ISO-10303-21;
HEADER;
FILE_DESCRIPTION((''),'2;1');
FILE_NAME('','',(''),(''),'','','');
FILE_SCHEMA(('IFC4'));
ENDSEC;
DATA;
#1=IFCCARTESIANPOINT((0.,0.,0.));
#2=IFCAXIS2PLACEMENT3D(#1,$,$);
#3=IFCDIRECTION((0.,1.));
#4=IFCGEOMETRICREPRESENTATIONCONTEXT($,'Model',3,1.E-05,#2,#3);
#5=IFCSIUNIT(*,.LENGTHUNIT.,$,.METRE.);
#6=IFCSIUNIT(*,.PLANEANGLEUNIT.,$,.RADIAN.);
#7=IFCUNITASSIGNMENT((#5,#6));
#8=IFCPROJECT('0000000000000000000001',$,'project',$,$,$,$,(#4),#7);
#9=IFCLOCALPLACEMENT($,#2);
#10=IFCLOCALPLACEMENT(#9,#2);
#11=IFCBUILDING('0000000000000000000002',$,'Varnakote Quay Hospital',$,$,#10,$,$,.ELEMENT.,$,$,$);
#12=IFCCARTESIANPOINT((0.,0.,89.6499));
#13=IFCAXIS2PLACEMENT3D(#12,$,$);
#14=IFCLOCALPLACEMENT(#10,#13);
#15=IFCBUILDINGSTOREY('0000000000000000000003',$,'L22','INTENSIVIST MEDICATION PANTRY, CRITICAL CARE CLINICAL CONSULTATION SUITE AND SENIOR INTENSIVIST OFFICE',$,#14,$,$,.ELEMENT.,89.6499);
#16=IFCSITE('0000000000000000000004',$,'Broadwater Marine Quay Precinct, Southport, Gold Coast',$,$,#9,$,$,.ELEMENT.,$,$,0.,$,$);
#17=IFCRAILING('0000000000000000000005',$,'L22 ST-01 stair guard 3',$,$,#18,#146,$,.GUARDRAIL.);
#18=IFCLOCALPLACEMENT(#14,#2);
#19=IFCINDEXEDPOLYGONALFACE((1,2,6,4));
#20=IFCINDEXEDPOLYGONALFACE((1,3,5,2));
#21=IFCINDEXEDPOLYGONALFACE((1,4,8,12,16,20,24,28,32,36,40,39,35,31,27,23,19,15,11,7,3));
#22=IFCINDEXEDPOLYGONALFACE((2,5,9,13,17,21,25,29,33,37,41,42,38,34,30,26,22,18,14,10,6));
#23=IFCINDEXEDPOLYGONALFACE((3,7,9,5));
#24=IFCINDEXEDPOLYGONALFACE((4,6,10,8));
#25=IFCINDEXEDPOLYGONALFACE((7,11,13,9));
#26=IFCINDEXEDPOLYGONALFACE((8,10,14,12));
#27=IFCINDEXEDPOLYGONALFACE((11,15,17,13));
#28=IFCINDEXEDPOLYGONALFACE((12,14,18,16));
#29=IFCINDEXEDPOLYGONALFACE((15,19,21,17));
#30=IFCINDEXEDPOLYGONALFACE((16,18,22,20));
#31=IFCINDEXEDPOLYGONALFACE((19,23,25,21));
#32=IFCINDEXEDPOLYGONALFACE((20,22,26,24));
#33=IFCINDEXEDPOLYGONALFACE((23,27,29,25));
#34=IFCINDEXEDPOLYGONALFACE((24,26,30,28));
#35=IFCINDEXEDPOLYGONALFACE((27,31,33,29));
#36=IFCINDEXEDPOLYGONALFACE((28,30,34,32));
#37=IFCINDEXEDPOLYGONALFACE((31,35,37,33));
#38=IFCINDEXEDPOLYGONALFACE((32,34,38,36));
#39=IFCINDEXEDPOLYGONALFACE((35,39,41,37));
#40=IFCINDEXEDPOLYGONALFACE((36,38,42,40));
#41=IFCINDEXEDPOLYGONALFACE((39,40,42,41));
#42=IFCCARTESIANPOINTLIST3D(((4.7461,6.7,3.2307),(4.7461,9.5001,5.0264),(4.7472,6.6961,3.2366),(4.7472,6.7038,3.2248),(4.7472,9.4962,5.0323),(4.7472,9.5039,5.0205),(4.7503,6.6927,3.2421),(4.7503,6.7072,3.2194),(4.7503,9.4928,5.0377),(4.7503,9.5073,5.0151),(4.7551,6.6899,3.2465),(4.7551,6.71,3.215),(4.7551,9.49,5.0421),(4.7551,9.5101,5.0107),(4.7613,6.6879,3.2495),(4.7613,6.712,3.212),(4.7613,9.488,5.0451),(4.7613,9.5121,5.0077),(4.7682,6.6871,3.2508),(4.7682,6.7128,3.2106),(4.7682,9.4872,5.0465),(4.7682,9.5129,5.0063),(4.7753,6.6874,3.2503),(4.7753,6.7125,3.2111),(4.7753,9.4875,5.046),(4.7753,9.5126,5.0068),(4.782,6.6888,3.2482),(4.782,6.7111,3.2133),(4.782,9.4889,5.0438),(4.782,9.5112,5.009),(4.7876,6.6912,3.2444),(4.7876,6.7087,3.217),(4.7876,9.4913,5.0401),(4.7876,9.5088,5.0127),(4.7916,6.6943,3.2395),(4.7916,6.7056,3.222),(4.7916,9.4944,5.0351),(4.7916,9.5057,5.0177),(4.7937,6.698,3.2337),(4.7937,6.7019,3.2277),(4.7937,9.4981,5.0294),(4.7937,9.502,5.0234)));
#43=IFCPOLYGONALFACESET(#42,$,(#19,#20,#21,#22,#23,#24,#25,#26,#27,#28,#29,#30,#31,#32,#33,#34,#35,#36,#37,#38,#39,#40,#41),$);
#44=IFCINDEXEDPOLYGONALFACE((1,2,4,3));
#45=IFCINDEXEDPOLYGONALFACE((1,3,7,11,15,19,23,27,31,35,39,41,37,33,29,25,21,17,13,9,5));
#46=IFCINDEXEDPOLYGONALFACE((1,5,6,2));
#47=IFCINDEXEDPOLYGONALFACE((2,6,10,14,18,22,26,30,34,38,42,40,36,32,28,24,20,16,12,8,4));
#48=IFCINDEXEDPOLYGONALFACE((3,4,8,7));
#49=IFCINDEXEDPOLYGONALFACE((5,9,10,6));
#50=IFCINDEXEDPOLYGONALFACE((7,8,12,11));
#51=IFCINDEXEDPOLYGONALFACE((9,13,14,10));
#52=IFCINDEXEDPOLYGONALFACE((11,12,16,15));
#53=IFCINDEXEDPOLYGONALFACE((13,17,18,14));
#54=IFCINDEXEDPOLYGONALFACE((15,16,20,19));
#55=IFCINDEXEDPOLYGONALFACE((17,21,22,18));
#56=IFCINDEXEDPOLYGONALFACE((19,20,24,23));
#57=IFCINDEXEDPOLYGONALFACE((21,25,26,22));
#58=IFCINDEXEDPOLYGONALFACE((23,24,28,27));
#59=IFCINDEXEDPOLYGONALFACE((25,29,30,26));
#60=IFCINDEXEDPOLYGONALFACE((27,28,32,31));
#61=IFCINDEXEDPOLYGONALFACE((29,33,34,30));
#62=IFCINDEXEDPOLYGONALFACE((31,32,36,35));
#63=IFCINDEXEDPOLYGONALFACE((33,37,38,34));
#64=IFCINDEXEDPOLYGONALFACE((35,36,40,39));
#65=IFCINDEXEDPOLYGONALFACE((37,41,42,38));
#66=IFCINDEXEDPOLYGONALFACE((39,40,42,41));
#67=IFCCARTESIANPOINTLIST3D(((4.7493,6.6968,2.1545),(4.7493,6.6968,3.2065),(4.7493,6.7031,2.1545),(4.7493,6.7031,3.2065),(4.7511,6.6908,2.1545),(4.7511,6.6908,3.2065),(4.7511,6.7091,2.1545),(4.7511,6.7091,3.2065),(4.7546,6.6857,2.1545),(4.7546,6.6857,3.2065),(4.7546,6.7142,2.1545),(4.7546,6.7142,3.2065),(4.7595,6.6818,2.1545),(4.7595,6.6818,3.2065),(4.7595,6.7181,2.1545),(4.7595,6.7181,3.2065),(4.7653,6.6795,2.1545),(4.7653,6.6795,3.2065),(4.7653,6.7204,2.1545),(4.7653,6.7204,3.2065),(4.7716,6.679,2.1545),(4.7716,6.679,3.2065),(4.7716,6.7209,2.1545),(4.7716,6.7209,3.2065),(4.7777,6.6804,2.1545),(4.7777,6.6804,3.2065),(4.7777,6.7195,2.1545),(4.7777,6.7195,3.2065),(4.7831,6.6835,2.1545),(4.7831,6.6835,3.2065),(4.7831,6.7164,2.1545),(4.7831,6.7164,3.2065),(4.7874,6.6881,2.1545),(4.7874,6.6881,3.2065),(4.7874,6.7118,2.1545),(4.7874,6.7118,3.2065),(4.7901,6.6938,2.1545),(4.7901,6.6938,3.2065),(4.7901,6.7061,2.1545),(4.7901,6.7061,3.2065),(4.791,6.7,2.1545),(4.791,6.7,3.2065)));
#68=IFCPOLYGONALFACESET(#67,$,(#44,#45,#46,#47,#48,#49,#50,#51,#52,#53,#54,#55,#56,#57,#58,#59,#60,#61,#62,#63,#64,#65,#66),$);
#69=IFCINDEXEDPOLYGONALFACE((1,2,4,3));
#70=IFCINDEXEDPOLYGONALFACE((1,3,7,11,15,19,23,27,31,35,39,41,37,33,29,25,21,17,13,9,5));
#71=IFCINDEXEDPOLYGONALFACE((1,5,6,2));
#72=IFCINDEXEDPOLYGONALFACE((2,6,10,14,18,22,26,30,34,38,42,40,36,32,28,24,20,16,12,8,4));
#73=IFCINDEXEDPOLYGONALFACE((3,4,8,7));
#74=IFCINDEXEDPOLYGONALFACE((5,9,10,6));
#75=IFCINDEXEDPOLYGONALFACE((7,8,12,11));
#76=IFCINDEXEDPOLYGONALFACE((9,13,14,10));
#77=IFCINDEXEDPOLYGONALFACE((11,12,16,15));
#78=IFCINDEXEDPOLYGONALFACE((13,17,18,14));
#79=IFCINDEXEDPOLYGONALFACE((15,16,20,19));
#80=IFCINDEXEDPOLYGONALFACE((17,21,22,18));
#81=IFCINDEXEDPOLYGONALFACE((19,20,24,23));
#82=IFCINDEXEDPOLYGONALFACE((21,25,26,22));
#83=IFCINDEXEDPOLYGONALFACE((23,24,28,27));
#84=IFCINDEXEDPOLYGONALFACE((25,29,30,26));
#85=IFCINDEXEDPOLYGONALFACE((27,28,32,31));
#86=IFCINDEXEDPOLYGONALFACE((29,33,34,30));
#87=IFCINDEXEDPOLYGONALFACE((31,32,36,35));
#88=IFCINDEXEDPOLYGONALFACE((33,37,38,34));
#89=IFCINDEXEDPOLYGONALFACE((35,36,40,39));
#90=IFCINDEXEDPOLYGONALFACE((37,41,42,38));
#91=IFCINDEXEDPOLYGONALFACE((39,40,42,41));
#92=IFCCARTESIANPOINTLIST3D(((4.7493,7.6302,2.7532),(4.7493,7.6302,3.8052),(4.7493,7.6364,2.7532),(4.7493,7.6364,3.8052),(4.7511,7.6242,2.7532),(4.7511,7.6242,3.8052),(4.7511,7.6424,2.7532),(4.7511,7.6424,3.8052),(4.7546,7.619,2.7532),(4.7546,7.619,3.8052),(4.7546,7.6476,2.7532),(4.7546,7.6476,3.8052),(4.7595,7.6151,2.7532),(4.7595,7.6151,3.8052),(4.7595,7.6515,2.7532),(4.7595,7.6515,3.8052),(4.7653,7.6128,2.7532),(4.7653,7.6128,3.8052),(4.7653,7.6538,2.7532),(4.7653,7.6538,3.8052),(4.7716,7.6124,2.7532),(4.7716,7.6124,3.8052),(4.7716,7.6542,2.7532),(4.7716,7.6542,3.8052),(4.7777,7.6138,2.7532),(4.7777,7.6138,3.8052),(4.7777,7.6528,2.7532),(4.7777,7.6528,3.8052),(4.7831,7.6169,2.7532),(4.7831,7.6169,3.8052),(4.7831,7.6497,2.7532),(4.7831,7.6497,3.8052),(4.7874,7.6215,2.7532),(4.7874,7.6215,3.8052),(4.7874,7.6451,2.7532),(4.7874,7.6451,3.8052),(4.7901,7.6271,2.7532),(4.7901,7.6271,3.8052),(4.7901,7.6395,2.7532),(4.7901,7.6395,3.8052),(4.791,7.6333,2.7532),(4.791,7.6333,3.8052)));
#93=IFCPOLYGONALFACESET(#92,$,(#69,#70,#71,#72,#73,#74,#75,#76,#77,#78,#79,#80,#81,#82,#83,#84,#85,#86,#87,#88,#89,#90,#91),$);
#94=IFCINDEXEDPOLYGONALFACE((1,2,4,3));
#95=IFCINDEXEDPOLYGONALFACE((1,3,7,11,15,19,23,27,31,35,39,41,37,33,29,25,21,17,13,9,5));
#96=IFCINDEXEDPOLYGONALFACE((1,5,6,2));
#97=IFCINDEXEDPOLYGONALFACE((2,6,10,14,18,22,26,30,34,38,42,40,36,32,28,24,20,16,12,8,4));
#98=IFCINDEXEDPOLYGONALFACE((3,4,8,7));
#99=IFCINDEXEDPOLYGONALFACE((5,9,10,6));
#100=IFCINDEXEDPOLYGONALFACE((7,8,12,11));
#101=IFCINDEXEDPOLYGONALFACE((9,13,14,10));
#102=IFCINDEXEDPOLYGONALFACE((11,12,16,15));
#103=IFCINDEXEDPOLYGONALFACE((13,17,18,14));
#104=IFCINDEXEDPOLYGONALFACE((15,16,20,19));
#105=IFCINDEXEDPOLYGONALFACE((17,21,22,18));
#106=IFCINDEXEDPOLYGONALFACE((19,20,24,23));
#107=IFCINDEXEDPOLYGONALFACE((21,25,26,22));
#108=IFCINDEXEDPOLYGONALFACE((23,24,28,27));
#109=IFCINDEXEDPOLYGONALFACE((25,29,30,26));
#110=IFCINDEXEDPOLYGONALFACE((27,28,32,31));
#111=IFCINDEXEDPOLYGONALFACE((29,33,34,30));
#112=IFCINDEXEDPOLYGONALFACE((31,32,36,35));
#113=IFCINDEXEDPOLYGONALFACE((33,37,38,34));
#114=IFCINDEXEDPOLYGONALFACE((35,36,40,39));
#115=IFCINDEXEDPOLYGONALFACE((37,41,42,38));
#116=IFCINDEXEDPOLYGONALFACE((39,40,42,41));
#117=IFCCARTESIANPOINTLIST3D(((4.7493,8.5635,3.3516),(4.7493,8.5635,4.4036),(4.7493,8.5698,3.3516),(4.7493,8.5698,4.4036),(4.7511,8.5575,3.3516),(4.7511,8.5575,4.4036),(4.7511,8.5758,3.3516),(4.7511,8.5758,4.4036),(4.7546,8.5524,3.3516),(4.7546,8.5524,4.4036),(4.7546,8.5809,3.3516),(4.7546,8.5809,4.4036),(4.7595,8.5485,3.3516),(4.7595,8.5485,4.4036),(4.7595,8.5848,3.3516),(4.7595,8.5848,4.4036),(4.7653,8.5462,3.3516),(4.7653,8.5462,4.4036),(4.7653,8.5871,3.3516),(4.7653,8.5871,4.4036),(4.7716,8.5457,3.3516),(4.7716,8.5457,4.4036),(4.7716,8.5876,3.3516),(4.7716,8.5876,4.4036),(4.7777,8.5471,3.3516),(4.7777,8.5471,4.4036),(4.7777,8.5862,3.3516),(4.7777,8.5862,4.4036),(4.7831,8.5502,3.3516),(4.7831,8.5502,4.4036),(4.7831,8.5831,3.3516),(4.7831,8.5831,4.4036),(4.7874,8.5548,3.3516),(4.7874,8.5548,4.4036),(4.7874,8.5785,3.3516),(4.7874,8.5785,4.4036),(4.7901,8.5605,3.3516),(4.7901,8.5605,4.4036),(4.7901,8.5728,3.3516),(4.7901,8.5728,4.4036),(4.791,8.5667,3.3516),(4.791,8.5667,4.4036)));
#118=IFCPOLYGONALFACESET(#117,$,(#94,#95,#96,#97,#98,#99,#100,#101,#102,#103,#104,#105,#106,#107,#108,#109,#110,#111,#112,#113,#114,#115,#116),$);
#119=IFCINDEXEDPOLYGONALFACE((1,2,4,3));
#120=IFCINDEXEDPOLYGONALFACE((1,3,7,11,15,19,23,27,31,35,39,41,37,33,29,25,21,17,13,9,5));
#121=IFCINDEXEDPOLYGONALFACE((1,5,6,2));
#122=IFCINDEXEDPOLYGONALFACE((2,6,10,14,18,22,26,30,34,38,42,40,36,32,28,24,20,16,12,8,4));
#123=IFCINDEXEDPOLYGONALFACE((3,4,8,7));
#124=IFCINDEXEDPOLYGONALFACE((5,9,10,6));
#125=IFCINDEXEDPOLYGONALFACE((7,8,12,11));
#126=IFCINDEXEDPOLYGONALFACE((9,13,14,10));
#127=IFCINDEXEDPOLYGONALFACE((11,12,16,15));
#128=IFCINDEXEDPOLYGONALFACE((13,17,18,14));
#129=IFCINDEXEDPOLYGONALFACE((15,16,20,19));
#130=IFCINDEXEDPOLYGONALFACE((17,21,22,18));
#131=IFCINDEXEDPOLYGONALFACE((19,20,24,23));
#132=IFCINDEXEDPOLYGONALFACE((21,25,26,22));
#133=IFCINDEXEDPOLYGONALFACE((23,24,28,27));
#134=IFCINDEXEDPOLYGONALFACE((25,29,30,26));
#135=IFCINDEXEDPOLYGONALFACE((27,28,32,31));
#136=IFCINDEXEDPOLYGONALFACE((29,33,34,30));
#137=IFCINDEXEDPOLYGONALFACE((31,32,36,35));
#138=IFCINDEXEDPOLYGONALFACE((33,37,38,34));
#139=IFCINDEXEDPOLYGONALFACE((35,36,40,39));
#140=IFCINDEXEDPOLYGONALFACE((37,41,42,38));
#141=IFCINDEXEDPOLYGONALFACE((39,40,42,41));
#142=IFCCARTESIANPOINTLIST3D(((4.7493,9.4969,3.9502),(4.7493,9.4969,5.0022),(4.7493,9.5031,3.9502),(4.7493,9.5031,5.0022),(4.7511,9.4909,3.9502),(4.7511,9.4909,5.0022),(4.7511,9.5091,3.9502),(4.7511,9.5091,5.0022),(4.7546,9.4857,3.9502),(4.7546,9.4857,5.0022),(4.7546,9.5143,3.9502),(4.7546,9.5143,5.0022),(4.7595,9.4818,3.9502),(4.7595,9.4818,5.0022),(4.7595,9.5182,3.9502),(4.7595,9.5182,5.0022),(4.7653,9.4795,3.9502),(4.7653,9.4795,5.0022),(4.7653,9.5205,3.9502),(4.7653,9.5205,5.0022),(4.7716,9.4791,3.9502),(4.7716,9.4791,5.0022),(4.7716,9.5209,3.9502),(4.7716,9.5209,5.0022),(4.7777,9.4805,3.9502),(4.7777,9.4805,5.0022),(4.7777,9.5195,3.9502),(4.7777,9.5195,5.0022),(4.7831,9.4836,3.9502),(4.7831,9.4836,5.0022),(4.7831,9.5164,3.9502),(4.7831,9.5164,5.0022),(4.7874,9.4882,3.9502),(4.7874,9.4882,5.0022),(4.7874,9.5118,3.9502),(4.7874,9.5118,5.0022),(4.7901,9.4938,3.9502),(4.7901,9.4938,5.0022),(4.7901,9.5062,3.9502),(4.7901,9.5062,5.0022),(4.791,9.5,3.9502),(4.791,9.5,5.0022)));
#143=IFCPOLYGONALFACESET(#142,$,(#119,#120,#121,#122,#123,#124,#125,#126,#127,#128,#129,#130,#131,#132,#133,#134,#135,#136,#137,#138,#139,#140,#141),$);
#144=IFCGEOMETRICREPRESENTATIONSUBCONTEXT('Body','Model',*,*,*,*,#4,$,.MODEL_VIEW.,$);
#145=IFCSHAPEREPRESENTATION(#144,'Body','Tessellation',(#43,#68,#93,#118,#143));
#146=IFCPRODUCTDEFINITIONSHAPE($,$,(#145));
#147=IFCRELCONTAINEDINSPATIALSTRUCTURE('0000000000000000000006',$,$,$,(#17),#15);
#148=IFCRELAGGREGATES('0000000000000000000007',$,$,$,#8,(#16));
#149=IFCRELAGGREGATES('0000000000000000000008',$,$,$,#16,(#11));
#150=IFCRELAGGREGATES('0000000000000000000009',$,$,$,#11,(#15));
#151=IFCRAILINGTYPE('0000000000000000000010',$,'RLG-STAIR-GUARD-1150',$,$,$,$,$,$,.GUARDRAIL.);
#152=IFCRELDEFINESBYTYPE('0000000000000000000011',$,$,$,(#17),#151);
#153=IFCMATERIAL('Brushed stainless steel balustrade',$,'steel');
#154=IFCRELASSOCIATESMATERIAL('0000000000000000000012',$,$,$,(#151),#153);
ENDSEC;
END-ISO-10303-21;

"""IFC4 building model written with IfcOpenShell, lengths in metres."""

from ifc_helpers import new_model, si_unit, direction, frame, origin, origin_2d, place, context, subcontext, project, spatial, circle, extrude, material, type_object, element, save


model = new_model("IFC4")

# Units and contexts
model_context = context("Model", 3, precision=1e-05, world=origin(), true_north=direction((0.0, 1.0)))
body_context = subcontext(model_context, "Body", "Model", "MODEL_VIEW")
ifc_project = project(units=[si_unit("LENGTHUNIT", "METRE"), si_unit("PLANEANGLEUNIT", "RADIAN")], contexts=[model_context])

# Site, building, storey
site_placement = place(None, origin())
site = spatial("IfcSite", under=ifc_project, at=site_placement, Name="Broadwater Marine Quay Precinct, Southport, Gold Coast", CompositionType="ELEMENT", RefElevation=0.0)
building_placement = place(site_placement, origin())
building = spatial("IfcBuilding", under=site, at=building_placement, Name="Varnakote Quay Hospital", CompositionType="ELEMENT")
storey_placement = place(building_placement, frame((0.0, 0.0, 89.6499)))
storey = spatial("IfcBuildingStorey", under=building, at=storey_placement, Name="L22", Description="INTENSIVIST MEDICATION PANTRY, CRITICAL CARE CLINICAL CONSULTATION SUITE AND SENIOR INTENSIVIST OFFICE", CompositionType="ELEMENT", Elevation=89.6499)

# Railing
ifc_material_1 = material(Name="Brushed stainless steel balustrade", Category="steel")
railing_type_1 = type_object("IfcRailingType", Name="RLG-STAIR-GUARD-1150", PredefinedType="GUARDRAIL", material=ifc_material_1)
railing_1_placement = place(storey_placement, frame((4.77, 6.7, 2.1545)))
element("IfcRailing", 1, at=railing_1_placement, inside=storey, type_object=railing_type_1, Name="L22 ST-01 stair guard 3", PredefinedType="GUARDRAIL", context=body_context, shape_type="SweptSolid", body=[
    extrude(circle(Radius=0.0239, at=origin_2d()), frame((0.0, 0.0, 1.0762), z_axis=(0.0, 0.841777, 0.539826), x_axis=(-1.0, 0.0, 0.0)), (0.0, 0.0, 1.0), 3.3264),
    extrude(circle(Radius=0.021, at=origin_2d()), origin(), (0.0, 0.0, 1.0), 1.052),
    extrude(circle(Radius=0.021, at=origin_2d()), frame((0.0, 0.9333, 0.5986)), (0.0, 0.0, 1.0), 1.052),
    extrude(circle(Radius=0.021, at=origin_2d()), frame((0.0, 1.8667, 1.197)), (0.0, 0.0, 1.0), 1.052),
    extrude(circle(Radius=0.021, at=origin_2d()), frame((0.0, 2.8, 1.7957)), (0.0, 0.0, 1.0), 1.052),
])

save(model, "model.ifc")
